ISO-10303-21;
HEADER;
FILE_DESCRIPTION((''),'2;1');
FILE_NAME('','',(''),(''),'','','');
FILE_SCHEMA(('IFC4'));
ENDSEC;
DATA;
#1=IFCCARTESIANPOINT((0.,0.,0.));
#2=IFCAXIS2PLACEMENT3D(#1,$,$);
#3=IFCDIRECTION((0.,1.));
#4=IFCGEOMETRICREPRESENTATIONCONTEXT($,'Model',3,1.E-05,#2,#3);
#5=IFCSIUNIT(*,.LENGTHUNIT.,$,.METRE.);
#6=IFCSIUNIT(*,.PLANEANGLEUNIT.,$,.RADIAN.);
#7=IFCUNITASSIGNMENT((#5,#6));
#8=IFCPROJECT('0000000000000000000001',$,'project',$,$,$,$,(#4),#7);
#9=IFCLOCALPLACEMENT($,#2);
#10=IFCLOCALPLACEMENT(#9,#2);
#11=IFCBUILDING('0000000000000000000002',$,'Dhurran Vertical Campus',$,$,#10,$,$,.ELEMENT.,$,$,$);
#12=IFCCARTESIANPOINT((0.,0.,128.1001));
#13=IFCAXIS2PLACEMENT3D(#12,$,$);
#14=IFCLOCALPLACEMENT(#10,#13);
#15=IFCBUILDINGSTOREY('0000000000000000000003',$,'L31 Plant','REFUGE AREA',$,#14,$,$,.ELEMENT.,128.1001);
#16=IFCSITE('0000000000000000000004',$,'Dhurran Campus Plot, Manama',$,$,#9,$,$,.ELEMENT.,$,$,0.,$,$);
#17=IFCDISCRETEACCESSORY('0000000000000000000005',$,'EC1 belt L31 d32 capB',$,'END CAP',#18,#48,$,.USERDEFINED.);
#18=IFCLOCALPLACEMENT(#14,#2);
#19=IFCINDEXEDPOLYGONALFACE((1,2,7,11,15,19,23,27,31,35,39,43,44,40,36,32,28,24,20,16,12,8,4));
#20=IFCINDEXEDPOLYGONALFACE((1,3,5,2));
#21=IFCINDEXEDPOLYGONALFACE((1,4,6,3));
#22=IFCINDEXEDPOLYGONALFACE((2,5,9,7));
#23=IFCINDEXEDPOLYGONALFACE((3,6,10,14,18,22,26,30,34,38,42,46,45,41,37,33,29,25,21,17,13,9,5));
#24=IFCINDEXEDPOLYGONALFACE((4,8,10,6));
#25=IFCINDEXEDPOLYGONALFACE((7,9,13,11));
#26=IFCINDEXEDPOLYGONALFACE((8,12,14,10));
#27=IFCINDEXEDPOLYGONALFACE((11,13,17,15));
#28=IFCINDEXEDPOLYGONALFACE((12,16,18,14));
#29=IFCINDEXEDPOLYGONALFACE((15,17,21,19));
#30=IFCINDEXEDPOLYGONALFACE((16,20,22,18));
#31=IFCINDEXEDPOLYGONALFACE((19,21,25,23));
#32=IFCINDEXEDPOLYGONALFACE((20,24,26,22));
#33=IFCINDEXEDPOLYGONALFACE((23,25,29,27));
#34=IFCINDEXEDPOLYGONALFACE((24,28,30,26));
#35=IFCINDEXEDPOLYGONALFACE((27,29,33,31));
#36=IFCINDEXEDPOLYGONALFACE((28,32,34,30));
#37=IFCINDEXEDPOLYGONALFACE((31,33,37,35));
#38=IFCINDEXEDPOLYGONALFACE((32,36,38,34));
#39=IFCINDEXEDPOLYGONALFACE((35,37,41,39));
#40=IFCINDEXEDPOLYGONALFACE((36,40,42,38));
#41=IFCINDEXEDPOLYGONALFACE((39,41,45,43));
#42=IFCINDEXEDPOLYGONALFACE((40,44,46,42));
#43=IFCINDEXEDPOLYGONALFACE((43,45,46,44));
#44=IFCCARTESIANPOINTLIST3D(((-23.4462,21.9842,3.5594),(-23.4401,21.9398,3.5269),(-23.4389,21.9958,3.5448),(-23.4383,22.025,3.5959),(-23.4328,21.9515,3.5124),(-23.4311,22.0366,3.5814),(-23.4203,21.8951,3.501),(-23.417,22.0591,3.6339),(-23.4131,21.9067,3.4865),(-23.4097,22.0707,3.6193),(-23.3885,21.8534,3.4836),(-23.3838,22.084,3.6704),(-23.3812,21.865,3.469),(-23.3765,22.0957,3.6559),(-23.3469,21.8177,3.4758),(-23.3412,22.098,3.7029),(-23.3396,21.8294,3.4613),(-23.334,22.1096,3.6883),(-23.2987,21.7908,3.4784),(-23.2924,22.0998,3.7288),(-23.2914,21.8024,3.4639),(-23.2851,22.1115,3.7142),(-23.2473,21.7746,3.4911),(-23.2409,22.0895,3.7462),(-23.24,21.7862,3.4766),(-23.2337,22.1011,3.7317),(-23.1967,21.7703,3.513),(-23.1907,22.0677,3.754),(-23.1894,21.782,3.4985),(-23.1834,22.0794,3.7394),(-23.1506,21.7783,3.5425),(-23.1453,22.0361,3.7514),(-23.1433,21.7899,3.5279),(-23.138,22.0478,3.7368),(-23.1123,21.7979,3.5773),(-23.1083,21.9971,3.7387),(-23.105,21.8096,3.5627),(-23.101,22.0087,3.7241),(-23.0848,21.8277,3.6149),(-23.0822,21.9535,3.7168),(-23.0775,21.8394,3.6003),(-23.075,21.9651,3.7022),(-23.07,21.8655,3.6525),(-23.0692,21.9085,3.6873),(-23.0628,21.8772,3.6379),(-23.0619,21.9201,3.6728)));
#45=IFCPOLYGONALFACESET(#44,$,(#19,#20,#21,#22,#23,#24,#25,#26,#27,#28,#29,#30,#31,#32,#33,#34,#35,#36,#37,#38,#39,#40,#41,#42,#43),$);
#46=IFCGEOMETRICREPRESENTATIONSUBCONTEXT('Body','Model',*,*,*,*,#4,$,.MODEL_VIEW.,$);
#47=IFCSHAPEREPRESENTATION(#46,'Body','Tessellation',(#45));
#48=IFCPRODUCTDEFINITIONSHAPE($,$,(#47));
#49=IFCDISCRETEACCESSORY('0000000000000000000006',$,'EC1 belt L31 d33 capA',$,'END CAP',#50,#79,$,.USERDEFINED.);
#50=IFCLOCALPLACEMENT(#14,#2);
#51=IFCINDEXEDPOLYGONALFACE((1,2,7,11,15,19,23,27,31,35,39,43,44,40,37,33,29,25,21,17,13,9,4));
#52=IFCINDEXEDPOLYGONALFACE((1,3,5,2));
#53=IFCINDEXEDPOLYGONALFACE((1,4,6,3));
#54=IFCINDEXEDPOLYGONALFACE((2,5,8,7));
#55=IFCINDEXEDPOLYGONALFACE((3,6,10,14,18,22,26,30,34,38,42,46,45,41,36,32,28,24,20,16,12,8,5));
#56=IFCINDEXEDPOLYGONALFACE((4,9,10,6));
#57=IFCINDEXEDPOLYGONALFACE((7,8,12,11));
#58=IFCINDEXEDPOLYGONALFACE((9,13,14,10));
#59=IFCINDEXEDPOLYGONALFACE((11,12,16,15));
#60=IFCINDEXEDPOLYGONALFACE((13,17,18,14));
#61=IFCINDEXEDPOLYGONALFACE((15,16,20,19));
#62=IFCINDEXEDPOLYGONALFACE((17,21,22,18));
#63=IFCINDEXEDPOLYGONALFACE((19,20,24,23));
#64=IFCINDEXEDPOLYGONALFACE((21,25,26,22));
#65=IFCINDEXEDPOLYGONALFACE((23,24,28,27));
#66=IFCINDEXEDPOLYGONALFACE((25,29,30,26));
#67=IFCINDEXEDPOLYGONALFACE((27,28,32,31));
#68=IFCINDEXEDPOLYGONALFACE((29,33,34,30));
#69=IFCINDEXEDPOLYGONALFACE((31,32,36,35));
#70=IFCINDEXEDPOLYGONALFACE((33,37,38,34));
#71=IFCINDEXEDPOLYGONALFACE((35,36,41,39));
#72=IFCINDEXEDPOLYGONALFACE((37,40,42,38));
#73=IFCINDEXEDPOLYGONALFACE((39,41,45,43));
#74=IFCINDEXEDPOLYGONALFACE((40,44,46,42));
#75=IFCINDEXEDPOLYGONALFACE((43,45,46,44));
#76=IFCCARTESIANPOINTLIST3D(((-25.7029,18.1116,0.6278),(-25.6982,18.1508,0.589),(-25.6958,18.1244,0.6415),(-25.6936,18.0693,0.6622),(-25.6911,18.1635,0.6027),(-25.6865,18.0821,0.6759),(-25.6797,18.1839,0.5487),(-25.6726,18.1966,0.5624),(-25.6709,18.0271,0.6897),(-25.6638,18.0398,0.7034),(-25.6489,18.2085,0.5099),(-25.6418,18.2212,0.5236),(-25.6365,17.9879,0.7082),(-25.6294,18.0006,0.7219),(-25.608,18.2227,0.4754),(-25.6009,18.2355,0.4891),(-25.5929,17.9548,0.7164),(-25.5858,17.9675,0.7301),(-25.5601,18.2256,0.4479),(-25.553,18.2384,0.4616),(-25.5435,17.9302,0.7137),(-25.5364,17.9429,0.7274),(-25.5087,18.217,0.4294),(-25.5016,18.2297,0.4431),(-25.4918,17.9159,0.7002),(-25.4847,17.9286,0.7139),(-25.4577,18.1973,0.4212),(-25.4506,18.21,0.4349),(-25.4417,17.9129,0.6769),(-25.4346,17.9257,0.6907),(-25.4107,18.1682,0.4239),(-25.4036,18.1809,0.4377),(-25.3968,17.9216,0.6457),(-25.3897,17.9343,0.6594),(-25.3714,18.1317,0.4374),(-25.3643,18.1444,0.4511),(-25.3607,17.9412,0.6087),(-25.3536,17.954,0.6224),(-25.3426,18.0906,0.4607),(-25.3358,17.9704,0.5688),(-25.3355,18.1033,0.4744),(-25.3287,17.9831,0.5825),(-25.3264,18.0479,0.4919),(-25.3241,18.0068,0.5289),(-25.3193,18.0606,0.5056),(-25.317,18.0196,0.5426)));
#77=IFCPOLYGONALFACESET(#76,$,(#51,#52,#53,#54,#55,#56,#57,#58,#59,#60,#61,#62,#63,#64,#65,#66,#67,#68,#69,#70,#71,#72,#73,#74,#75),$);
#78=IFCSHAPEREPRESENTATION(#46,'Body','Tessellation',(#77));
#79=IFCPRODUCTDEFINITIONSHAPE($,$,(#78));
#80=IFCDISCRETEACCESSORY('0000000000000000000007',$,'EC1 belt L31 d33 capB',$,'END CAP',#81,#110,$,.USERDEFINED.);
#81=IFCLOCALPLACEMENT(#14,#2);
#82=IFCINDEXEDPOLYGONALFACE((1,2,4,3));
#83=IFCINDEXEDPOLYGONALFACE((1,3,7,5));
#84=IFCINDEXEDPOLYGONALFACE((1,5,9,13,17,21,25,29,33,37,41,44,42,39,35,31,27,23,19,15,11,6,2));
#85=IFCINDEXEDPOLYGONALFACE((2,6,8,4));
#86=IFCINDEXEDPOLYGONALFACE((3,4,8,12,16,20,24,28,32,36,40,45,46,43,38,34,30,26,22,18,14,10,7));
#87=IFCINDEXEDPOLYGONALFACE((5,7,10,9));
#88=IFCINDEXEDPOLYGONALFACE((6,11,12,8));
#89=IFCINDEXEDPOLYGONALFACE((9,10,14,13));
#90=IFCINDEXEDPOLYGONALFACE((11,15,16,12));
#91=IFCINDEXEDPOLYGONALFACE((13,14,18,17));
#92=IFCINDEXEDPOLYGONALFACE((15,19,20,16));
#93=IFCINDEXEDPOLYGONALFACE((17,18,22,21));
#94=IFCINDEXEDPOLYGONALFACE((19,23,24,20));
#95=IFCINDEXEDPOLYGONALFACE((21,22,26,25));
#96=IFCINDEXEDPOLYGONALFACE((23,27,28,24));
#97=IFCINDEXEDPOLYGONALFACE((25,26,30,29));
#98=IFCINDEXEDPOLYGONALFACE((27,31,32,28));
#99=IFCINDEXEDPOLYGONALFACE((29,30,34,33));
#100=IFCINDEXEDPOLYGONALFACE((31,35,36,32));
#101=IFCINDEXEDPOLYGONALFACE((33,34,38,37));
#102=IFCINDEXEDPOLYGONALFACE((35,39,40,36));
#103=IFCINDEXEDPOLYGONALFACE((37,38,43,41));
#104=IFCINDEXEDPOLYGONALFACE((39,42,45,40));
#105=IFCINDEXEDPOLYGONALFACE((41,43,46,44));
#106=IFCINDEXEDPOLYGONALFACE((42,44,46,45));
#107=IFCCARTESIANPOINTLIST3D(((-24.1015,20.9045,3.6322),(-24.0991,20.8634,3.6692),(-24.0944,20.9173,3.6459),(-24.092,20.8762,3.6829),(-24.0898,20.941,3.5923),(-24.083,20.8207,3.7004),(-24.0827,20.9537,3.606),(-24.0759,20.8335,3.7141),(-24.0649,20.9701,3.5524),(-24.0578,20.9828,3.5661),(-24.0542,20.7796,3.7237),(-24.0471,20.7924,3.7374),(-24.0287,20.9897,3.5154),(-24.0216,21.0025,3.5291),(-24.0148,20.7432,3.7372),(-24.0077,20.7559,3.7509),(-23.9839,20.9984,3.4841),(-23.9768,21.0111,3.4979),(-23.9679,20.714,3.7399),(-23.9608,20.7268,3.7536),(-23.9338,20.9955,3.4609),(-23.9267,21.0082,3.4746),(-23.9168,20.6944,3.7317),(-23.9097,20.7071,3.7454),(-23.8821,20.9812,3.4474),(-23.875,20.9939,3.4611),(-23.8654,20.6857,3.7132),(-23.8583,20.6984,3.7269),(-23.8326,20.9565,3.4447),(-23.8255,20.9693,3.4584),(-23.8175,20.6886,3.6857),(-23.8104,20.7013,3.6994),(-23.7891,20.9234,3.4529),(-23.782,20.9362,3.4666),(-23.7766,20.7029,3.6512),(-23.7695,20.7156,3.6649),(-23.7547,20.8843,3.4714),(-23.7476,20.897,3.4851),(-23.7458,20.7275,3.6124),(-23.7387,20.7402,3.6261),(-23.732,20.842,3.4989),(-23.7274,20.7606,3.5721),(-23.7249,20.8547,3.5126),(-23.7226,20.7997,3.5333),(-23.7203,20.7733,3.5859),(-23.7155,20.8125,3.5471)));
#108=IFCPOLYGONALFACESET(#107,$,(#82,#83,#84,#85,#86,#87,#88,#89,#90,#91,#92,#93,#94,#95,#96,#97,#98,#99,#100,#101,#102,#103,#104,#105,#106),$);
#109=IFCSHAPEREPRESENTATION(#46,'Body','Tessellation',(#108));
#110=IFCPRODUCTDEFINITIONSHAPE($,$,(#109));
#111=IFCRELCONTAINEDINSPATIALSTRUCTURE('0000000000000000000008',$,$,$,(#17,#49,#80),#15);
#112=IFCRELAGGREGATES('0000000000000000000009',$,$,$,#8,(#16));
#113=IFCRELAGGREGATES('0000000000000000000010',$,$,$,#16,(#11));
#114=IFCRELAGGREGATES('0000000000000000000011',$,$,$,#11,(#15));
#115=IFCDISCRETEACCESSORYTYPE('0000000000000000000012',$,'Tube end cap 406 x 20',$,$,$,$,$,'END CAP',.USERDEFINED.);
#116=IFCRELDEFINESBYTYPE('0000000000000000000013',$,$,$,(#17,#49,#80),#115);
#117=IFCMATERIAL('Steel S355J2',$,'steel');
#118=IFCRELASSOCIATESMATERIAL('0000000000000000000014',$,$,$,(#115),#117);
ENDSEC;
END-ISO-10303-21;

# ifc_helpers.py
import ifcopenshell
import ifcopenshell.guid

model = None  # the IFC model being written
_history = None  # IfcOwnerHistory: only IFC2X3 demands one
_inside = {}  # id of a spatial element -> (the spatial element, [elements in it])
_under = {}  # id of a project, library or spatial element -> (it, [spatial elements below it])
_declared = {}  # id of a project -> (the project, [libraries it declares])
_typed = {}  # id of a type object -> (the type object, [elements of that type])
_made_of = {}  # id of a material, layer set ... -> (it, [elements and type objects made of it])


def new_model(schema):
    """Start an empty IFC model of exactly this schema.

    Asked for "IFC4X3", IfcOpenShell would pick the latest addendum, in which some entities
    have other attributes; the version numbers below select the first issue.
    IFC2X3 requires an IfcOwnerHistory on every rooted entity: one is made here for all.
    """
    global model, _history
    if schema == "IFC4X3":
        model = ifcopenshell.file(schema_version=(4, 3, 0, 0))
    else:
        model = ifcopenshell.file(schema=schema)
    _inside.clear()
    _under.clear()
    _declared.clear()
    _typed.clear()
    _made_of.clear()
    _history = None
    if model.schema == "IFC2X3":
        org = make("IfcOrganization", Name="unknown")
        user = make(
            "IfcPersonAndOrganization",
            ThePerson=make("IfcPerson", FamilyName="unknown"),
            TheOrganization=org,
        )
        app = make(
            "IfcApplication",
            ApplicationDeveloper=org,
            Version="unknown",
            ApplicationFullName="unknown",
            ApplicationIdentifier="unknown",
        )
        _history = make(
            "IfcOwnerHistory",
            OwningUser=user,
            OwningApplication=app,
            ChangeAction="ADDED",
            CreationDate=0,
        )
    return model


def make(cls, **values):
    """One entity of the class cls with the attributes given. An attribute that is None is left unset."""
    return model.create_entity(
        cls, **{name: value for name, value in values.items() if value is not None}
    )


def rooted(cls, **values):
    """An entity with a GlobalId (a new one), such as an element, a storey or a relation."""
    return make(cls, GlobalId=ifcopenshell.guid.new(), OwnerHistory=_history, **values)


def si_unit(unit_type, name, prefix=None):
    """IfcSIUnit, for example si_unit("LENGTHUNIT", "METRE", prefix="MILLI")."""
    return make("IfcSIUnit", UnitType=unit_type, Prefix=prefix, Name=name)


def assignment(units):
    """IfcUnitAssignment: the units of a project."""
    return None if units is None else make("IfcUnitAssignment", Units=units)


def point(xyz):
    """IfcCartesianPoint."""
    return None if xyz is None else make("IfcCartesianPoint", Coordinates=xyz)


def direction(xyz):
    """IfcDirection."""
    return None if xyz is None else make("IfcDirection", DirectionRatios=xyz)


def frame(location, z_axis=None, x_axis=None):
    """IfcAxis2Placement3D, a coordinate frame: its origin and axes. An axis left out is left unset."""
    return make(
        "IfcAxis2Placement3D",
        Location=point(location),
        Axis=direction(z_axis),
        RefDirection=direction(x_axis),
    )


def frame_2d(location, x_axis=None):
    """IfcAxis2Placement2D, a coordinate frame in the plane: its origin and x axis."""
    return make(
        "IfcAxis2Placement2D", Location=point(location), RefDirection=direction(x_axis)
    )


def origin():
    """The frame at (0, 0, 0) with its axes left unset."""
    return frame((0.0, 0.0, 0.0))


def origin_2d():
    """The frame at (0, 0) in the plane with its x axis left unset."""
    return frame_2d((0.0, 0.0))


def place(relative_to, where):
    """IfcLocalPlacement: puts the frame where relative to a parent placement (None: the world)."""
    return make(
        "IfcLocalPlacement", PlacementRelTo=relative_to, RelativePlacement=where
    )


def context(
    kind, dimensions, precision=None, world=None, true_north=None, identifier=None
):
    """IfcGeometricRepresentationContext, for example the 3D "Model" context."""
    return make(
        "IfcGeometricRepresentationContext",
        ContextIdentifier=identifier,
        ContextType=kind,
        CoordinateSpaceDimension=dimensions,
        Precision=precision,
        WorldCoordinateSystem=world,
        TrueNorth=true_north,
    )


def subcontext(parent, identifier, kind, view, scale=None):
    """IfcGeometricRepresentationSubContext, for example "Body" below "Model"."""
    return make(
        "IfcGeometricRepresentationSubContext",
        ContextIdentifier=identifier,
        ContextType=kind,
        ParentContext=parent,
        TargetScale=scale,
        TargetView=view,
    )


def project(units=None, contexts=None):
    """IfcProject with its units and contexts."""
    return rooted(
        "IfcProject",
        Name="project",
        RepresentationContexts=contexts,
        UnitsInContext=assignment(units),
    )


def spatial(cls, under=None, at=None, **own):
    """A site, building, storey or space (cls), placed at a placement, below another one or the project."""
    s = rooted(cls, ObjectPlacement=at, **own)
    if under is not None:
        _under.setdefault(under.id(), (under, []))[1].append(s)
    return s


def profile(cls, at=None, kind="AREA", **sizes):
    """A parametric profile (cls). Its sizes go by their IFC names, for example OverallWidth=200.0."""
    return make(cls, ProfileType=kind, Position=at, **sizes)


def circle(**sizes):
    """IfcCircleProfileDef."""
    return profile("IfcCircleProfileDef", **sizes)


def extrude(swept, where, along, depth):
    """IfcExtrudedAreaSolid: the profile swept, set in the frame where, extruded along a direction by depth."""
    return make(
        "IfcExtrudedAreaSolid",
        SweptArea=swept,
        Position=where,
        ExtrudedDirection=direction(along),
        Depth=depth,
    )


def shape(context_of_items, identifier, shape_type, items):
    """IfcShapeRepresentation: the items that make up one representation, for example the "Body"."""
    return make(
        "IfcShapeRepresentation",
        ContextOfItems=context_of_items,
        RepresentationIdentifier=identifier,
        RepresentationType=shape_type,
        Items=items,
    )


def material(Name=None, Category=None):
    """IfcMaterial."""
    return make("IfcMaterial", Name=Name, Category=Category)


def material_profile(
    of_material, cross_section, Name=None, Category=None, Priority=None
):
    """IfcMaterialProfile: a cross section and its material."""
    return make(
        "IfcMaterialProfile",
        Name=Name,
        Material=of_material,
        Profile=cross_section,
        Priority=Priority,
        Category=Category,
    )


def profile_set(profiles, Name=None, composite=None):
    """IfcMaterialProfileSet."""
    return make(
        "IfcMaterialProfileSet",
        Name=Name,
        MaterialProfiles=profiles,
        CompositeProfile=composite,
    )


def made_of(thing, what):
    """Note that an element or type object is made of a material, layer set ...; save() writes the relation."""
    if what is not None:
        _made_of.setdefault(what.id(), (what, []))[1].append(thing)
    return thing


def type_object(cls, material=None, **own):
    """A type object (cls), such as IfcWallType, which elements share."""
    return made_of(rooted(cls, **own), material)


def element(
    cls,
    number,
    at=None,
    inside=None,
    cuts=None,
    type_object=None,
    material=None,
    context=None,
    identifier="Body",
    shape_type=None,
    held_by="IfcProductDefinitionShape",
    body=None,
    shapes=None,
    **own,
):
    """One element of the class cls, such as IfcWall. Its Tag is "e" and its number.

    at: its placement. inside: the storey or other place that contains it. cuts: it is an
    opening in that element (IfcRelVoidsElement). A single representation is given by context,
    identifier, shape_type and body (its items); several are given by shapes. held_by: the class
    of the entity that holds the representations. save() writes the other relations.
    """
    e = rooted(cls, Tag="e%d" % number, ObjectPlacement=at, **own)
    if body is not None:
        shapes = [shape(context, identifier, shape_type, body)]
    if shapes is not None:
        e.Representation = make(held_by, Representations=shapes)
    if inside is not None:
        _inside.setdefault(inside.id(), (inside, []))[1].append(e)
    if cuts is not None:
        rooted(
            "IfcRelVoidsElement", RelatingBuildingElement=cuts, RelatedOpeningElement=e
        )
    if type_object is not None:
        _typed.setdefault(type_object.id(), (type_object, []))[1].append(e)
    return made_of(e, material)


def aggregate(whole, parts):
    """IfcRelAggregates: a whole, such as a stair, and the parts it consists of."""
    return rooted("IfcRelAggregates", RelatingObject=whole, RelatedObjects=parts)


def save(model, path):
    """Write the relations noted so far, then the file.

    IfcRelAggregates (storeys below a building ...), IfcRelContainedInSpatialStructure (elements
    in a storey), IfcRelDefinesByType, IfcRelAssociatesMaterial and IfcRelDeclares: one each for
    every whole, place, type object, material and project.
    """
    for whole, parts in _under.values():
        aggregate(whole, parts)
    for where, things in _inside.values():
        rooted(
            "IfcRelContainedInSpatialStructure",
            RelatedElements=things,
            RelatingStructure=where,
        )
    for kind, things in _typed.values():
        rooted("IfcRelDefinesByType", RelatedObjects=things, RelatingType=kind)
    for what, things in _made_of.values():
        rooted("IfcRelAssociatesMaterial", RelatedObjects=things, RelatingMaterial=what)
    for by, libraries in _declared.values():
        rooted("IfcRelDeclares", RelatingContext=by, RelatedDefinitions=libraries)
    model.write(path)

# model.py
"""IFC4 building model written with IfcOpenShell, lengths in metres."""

from ifc_helpers import new_model, si_unit, direction, frame, origin, origin_2d, place, context, subcontext, project, spatial, circle, extrude, material, material_profile, profile_set, type_object, element, save


model = new_model("IFC4")

# Units and contexts
model_context = context("Model", 3, precision=1e-05, world=origin(), true_north=direction((0.0, 1.0)))
body_context = subcontext(model_context, "Body", "Model", "MODEL_VIEW")
ifc_project = project(units=[si_unit("LENGTHUNIT", "METRE"), si_unit("PLANEANGLEUNIT", "RADIAN")], contexts=[model_context])

# Site, building, storey
site_placement = place(None, origin())
site = spatial("IfcSite", under=ifc_project, at=site_placement, Name="Dhurran Campus Plot, Manama", CompositionType="ELEMENT", RefElevation=0.0)
building_placement = place(site_placement, origin())
building = spatial("IfcBuilding", under=site, at=building_placement, Name="Dhurran Vertical Campus", CompositionType="ELEMENT")
storey_placement = place(building_placement, frame((0.0, 0.0, 128.1001)))
storey = spatial("IfcBuildingStorey", under=building, at=storey_placement, Name="L31 Plant", Description="REFUGE AREA", CompositionType="ELEMENT", Elevation=128.1001)

# Discrete accessories
ifc_material_1 = material(Name="Steel S355J2", Category="steel")
ifc_material_profile_1 = material_profile(ifc_material_1, circle(Radius=0.2031, at=origin_2d()), Name="Tube end cap 406 x 20")
ifc_profile_set_1 = profile_set([ifc_material_profile_1], Name="Steel S355J2")
discrete_accessory_type = type_object("IfcDiscreteAccessoryType", Name="Tube end cap 406 x 20", ElementType="END CAP", PredefinedType="USERDEFINED", material=ifc_profile_set_1)
for number, where, z_axis, x_axis, name in (
    (1, (-23.2498, 21.947, 3.6003), (-0.363696, -0.581914, 0.727393), (0.847998, -0.529999, 0.0), "EC1 belt L31 d32 capB"),
    (2, (-25.5061, 18.082, 0.5825), (-0.354795, -0.636184, -0.685121), (0.873364, -0.487068, 0.0), "EC1 belt L31 d33 capA"),
    (3, (-23.9124, 20.842, 3.5923), (0.354795, 0.636184, 0.685121), (-0.873364, 0.487068, 0.0), "EC1 belt L31 d33 capB"),
):
    element("IfcDiscreteAccessory", number, at=place(storey_placement, frame(where, z_axis=z_axis, x_axis=x_axis)), inside=storey, type_object=discrete_accessory_type, Name=name, ObjectType="END CAP", PredefinedType="USERDEFINED", context=body_context, shape_type="SweptSolid", body=[
        extrude(circle(Radius=0.2031, at=origin_2d()), origin(), (0.0, 0.0, 1.0), 0.02),
    ])

save(model, "model.ifc")
